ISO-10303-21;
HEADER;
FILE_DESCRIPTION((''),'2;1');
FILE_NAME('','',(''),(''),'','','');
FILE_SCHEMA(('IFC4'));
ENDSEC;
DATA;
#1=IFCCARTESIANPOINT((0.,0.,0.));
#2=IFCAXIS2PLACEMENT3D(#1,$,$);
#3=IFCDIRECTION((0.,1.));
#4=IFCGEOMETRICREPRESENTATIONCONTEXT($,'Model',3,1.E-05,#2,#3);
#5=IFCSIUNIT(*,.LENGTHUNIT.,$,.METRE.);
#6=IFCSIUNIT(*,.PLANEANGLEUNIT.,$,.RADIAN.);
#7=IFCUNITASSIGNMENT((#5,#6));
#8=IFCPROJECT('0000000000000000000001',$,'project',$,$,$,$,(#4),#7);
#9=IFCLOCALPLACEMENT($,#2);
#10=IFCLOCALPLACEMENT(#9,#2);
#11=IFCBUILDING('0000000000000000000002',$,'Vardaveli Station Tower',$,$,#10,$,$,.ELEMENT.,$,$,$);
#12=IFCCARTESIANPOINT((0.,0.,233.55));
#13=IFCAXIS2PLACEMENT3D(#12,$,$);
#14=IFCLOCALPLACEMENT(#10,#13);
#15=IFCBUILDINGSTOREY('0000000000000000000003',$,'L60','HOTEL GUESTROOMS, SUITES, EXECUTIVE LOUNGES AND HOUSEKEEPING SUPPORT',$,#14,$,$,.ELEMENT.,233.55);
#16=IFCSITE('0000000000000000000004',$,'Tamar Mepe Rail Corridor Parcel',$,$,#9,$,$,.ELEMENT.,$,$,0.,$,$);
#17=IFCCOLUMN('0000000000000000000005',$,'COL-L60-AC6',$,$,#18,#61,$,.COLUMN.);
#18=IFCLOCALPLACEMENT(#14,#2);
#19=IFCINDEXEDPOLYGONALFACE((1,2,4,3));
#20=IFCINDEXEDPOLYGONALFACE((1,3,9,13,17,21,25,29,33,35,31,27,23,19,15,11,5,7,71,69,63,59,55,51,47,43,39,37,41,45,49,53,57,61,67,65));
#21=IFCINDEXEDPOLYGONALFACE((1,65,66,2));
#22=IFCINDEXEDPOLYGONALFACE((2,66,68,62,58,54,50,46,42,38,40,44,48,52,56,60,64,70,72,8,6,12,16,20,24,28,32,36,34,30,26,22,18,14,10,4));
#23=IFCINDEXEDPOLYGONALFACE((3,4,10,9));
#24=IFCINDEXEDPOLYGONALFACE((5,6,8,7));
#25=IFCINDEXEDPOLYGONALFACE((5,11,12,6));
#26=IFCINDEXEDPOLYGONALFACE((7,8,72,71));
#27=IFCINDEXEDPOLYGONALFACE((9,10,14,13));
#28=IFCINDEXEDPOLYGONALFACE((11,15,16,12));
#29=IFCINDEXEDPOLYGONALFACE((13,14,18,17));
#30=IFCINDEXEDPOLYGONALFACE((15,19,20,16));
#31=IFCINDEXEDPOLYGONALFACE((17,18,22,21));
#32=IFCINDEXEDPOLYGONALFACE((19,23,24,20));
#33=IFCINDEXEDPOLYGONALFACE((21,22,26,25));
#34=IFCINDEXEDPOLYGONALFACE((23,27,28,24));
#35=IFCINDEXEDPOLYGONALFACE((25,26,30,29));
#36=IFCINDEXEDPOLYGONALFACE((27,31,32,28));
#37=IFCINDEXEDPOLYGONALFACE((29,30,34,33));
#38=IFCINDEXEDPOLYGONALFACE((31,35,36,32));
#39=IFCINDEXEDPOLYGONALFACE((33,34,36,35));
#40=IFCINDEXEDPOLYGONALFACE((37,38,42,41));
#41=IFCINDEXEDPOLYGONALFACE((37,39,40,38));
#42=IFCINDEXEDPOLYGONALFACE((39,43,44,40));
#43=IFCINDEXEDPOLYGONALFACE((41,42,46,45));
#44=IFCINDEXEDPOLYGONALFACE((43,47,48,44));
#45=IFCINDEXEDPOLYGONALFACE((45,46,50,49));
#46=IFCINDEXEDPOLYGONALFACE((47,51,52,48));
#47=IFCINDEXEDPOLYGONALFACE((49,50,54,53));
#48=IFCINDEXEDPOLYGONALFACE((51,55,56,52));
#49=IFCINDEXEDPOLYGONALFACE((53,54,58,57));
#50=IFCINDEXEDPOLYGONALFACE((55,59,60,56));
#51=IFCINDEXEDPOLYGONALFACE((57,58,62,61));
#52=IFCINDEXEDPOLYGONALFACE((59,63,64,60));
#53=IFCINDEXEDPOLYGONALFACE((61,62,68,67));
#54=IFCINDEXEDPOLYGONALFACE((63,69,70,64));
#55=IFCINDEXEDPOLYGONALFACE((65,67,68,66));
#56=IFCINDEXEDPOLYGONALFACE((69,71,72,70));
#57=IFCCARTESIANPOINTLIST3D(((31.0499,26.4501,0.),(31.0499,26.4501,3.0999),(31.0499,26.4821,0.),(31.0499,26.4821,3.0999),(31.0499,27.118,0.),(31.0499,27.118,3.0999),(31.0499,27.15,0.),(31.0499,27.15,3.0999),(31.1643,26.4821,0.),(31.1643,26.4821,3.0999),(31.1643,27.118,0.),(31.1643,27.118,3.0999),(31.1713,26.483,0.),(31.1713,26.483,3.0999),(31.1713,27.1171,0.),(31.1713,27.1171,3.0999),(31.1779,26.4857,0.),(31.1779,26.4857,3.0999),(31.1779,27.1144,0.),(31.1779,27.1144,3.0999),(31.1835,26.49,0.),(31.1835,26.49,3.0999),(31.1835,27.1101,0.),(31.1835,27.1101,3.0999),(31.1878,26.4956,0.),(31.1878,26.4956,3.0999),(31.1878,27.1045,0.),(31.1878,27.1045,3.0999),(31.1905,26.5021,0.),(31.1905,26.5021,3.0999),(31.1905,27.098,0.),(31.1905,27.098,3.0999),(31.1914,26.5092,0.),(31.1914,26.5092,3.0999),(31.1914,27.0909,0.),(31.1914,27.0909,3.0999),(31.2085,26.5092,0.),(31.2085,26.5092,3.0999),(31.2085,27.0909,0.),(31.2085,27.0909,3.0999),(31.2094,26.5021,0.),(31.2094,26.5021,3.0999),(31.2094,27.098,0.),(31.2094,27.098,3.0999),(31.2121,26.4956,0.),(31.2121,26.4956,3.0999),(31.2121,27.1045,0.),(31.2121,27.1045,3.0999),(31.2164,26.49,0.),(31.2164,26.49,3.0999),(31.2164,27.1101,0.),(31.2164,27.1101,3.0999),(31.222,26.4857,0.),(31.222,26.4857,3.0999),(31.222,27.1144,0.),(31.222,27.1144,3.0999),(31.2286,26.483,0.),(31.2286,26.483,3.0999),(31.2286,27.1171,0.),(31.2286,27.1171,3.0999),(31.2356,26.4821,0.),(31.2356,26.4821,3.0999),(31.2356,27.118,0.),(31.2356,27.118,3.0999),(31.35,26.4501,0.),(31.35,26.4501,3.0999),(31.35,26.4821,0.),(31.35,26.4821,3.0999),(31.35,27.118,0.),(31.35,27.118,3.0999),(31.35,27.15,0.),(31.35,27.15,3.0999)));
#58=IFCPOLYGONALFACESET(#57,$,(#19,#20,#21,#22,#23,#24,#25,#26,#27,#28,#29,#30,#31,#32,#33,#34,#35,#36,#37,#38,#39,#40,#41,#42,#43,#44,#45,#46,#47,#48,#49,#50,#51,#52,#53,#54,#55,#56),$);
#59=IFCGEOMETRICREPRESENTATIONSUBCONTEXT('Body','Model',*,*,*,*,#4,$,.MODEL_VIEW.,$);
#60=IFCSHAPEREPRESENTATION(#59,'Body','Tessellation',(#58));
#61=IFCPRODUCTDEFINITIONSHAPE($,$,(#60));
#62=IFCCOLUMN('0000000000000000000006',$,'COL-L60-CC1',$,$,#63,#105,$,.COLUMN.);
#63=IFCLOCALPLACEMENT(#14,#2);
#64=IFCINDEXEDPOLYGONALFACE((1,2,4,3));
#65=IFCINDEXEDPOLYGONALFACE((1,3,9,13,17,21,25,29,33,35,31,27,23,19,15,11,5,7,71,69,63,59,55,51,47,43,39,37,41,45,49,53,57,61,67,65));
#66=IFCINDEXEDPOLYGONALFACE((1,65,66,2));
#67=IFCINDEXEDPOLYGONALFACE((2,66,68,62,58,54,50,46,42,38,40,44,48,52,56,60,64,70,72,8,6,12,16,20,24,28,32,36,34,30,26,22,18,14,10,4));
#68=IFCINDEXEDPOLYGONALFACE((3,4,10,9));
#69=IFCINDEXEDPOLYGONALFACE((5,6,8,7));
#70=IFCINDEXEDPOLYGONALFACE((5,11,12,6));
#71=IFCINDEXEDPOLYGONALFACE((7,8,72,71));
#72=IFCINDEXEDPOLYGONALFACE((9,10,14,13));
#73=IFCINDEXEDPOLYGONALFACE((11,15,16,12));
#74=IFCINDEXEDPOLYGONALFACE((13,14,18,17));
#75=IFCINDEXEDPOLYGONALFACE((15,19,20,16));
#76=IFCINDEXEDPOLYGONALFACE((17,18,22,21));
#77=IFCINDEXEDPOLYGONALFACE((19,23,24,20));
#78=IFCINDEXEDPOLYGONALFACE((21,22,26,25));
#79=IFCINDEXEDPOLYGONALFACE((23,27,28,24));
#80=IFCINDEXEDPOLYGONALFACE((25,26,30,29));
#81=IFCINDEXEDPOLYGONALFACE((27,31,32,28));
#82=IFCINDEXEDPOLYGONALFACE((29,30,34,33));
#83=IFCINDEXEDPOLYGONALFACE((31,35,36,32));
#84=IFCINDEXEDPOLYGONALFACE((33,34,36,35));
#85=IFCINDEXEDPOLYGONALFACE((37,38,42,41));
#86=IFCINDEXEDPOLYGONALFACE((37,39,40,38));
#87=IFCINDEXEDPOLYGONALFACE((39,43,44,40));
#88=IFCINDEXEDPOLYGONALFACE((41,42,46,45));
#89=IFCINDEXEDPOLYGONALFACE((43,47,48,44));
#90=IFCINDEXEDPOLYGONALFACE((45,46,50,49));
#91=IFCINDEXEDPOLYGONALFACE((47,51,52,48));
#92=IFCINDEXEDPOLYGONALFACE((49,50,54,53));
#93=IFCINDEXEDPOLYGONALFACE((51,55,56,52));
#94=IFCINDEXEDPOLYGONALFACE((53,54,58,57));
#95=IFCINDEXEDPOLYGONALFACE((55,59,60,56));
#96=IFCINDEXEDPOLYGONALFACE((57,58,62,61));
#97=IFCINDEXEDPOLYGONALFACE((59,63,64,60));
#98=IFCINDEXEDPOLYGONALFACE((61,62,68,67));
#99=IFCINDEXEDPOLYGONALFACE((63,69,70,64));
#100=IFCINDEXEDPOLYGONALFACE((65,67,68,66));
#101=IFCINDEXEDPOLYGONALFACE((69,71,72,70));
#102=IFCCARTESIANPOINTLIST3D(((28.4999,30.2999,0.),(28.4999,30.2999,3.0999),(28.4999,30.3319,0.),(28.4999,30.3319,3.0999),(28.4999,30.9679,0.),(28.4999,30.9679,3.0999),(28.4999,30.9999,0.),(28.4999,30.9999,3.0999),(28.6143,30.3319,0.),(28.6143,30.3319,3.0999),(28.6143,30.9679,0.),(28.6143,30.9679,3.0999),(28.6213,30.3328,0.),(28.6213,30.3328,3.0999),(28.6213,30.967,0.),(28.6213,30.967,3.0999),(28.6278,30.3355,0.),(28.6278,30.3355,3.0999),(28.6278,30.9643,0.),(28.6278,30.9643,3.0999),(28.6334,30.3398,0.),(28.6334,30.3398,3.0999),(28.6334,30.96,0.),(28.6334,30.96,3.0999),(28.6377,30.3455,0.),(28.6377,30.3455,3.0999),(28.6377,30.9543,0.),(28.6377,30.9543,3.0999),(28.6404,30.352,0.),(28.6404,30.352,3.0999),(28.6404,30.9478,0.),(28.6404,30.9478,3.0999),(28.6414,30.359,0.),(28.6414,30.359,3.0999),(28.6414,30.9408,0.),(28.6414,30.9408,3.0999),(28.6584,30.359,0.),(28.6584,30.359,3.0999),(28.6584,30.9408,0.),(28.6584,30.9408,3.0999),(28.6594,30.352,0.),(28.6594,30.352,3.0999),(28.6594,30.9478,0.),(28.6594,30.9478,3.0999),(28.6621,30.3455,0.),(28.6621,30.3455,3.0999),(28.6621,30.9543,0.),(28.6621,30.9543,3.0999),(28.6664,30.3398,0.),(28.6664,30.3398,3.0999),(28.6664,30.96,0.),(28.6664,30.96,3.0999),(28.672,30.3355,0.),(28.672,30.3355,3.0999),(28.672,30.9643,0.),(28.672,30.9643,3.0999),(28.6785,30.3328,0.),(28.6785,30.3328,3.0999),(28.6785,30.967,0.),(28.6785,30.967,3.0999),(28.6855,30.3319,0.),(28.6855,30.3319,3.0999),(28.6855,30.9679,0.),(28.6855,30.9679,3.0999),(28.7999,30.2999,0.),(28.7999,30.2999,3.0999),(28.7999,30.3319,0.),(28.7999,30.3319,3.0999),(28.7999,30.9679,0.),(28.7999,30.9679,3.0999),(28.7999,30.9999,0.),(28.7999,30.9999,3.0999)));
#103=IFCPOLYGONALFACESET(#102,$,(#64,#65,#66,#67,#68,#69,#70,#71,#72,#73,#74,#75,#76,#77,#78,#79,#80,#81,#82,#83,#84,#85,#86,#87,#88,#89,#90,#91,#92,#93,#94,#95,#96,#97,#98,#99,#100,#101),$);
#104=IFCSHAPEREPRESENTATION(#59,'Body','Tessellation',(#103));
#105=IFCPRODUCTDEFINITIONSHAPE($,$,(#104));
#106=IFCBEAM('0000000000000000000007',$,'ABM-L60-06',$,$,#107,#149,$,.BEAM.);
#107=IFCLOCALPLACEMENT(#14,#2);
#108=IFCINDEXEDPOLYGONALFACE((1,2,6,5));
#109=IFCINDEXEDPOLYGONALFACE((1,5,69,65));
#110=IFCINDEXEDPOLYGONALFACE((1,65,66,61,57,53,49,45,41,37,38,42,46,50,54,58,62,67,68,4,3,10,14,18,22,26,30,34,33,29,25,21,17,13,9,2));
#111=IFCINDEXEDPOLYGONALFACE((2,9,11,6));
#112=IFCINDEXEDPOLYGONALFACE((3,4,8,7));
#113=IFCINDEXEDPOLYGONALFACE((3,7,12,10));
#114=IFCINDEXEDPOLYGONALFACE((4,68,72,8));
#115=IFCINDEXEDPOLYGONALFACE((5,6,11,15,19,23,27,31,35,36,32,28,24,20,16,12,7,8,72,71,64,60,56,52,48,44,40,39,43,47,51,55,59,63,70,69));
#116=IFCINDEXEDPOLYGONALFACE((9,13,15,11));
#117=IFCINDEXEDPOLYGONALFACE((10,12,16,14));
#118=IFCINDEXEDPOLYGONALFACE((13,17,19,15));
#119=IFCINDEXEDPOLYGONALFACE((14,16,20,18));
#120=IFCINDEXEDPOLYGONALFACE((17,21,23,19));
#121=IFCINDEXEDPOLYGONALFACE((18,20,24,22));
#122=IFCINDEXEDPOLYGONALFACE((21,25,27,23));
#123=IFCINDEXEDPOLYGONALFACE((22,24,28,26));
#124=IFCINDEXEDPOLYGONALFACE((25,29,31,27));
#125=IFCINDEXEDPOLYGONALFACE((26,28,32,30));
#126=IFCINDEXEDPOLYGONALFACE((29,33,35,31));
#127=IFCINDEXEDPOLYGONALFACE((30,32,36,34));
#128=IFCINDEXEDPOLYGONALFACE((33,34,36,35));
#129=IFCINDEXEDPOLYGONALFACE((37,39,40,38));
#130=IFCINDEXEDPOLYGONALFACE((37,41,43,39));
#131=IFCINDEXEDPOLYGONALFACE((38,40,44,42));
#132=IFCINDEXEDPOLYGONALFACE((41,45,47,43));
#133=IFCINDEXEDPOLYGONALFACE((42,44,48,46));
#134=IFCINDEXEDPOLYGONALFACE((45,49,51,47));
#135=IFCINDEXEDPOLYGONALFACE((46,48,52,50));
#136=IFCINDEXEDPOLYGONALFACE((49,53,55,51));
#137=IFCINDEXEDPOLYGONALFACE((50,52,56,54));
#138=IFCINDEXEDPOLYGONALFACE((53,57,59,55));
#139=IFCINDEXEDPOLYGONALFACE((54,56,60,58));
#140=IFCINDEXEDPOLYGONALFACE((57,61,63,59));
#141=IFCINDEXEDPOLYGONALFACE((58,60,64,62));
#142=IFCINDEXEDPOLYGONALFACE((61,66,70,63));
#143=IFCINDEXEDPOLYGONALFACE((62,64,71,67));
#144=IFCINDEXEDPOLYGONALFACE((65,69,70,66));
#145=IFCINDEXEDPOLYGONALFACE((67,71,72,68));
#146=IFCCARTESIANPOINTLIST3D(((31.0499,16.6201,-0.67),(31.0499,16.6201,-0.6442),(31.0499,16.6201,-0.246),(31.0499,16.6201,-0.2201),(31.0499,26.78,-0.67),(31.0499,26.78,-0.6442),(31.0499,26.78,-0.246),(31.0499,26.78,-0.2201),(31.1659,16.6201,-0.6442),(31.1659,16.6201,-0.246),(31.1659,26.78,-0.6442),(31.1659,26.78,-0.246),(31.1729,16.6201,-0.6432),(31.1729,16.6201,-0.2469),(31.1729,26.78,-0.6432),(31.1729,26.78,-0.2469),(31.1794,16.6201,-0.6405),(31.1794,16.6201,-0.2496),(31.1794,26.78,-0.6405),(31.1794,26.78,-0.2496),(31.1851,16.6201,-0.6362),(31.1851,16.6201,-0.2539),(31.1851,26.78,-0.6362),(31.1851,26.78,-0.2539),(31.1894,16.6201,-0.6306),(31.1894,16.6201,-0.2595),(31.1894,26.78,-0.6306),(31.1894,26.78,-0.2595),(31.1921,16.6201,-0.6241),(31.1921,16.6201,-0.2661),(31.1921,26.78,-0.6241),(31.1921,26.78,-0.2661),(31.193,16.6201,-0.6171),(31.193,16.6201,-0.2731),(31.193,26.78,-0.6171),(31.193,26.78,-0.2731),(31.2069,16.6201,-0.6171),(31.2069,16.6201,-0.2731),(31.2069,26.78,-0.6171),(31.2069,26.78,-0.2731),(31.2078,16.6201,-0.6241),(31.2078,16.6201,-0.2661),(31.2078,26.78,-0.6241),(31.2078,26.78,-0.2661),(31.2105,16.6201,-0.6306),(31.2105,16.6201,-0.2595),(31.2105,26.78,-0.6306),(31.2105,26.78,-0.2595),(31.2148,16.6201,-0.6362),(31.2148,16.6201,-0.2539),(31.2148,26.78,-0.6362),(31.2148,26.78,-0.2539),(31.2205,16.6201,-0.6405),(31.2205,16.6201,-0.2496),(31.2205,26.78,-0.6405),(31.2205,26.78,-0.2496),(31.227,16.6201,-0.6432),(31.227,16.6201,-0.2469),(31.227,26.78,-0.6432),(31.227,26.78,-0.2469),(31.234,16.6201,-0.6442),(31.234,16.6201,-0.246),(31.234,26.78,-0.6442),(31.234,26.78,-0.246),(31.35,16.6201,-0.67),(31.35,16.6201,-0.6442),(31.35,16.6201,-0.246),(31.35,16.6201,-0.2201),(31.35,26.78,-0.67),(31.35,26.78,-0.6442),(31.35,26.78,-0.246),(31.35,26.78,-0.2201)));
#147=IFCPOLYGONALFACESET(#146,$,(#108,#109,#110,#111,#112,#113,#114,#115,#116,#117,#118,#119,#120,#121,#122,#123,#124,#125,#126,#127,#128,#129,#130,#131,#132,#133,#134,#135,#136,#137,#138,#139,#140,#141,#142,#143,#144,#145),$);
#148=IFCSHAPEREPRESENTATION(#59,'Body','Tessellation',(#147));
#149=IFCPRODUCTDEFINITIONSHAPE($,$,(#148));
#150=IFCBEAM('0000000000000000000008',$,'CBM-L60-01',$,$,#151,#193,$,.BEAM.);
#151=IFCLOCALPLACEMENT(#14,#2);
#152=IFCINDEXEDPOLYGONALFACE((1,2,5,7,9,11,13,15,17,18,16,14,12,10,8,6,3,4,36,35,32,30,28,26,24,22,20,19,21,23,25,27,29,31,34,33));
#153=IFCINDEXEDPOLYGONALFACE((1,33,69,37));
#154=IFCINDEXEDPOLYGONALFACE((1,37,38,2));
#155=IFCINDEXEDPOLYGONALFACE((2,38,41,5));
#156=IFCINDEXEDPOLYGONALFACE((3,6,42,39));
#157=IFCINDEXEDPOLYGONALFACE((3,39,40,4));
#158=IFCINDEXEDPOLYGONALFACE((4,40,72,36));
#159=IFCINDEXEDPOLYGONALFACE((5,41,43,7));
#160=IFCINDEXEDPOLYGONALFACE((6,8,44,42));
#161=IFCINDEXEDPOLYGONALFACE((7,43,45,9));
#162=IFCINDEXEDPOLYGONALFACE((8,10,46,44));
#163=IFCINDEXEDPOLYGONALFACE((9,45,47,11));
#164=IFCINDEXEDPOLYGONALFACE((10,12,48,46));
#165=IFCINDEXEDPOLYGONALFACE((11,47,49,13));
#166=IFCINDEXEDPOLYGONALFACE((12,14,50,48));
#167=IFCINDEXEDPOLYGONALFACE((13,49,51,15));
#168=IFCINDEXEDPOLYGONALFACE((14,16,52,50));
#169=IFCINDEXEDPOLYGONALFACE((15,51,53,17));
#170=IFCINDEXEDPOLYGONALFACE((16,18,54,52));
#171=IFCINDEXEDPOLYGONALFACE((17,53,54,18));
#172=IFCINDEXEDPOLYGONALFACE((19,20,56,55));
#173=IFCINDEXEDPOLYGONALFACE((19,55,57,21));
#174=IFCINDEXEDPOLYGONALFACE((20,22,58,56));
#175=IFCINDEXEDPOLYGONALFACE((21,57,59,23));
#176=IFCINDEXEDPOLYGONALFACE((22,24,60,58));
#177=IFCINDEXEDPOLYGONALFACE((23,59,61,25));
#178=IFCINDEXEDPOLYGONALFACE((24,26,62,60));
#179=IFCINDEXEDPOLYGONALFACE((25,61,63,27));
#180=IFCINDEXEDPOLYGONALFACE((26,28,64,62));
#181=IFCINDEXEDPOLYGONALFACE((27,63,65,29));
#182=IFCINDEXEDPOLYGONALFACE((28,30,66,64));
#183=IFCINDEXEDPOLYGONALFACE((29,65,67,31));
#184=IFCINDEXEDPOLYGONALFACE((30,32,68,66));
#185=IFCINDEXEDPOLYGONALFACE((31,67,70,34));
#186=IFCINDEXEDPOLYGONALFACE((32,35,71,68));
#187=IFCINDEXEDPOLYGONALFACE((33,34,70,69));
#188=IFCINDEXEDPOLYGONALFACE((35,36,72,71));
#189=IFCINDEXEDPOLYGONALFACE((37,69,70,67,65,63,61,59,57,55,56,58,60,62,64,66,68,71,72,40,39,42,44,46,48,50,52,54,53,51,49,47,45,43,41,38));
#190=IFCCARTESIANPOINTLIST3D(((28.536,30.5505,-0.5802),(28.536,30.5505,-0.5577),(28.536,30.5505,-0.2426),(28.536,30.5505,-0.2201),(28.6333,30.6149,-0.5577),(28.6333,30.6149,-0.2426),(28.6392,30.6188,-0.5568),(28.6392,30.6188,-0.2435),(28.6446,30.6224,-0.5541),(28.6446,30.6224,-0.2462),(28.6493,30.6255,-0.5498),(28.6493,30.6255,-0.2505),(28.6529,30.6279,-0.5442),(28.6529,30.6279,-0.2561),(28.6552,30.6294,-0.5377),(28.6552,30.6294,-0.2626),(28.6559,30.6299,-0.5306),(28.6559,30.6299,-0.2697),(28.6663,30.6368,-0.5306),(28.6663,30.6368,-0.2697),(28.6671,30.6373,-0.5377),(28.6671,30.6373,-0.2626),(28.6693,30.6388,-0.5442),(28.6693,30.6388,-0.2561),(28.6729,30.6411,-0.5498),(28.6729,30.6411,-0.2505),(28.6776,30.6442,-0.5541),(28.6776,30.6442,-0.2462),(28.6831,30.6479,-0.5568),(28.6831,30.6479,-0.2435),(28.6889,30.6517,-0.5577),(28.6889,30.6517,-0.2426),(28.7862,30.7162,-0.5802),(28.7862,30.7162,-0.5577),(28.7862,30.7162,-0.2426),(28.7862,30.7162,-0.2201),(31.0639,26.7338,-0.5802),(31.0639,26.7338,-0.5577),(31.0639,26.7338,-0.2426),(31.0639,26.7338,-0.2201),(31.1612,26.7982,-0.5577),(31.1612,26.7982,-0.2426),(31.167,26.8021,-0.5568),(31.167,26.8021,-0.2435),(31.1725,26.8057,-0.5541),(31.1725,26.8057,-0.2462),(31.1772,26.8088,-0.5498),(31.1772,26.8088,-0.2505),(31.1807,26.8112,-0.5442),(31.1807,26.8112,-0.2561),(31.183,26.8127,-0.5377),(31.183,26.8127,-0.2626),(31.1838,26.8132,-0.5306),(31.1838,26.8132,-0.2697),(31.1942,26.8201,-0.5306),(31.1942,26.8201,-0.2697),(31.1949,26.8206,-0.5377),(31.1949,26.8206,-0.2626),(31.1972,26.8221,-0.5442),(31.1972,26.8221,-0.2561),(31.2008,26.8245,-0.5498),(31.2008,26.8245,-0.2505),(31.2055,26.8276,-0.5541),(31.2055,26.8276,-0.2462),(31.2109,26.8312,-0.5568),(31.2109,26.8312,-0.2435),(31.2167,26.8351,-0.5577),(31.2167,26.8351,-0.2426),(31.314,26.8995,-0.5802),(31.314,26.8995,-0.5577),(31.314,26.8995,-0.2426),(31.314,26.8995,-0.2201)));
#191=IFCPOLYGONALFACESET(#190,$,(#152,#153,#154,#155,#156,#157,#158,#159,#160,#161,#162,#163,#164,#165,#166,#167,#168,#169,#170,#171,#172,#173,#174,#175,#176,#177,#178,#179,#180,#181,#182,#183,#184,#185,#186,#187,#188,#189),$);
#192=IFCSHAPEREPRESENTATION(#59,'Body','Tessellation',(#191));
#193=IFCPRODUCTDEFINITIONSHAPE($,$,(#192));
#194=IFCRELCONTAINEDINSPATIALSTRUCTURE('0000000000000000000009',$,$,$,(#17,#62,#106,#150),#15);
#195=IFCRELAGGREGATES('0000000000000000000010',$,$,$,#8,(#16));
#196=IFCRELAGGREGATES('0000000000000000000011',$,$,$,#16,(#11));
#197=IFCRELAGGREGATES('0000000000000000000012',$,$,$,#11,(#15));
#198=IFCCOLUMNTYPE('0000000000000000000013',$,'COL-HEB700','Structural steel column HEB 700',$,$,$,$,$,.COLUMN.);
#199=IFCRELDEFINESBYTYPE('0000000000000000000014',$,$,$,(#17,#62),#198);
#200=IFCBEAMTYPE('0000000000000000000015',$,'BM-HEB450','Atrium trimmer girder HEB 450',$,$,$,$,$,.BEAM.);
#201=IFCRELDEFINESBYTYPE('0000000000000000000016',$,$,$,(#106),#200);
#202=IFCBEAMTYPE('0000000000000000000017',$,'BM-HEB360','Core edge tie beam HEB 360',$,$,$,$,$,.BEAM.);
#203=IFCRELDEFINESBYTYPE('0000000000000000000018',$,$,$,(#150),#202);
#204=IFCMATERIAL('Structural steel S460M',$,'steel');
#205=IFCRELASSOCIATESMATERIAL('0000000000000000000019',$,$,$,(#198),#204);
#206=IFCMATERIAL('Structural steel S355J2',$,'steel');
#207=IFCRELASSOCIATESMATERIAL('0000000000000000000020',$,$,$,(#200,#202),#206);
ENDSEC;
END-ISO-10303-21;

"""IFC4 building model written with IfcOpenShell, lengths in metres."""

from ifc_helpers import new_model, si_unit, direction, frame, origin, origin_2d, place, context, subcontext, project, spatial, i_section, extrude, source, transform, mapped, material, material_profile, profile_set, type_object, element, save


model = new_model("IFC4")

# Units and contexts
model_context = context("Model", 3, precision=1e-05, world=origin(), true_north=direction((0.0, 1.0)))
body_context = subcontext(model_context, "Body", "Model", "MODEL_VIEW")
ifc_project = project(units=[si_unit("LENGTHUNIT", "METRE"), si_unit("PLANEANGLEUNIT", "RADIAN")], contexts=[model_context])

# Site, building, storey
site_placement = place(None, origin())
site = spatial("IfcSite", under=ifc_project, at=site_placement, Name="Tamar Mepe Rail Corridor Parcel", CompositionType="ELEMENT", RefElevation=0.0)
building_placement = place(site_placement, origin())
building = spatial("IfcBuilding", under=site, at=building_placement, Name="Vardaveli Station Tower", CompositionType="ELEMENT")
storey_placement = place(building_placement, frame((0.0, 0.0, 233.55)))
storey = spatial("IfcBuildingStorey", under=building, at=storey_placement, Name="L60", Description="HOTEL GUESTROOMS, SUITES, EXECUTIVE LOUNGES AND HOUSEKEEPING SUPPORT", CompositionType="ELEMENT", Elevation=233.55)

# Columns
ifc_material_1 = material(Name="Structural steel S460M", Category="steel")
ifc_material_profile_1 = material_profile(ifc_material_1, i_section(OverallWidth=0.3, OverallDepth=0.7, WebThickness=0.0171, FlangeThickness=0.032, FilletRadius=0.0271, at=origin_2d()), Name="HEB 700")
ifc_profile_set_1 = profile_set([ifc_material_profile_1], Name="Structural steel S460M")
column_type = type_object("IfcColumnType", Name="COL-HEB700", Description="Structural steel column HEB 700", PredefinedType="COLUMN", material=ifc_profile_set_1)
shared_shape_1 = source(origin(), body_context, "Body", "SweptSolid", [
    extrude(i_section(OverallWidth=0.3, OverallDepth=0.7, WebThickness=0.0171, FlangeThickness=0.032, FilletRadius=0.0271, at=origin_2d()), origin(), (0.0, 0.0, 1.0), 3.0999),
])
for number, where, z_axis, x_axis, name in (
    (1, (31.2, 26.8, 0.0), (0.0, 0.0, 1.0), (1.0, 0.0, 0.0), "COL-L60-AC6"),
    (2, (28.6499, 30.6499, 0.0), (0.0, 0.0, 1.0), (1.0, 0.0, 0.0), "COL-L60-CC1"),
):
    element("IfcColumn", number, at=place(storey_placement, frame(where, z_axis=z_axis, x_axis=x_axis)), inside=storey, type_object=column_type, Name=name, PredefinedType="COLUMN", context=body_context, shape_type="MappedRepresentation", body=[
        mapped(shared_shape_1, transform((0.0, 0.0, 0.0), scale=1.0)),
    ])

# Beams
ifc_material_2 = material(Name="Structural steel S355J2", Category="steel")
ifc_material_profile_2 = material_profile(ifc_material_2, i_section(OverallWidth=0.3, OverallDepth=0.45, WebThickness=0.0139, FlangeThickness=0.0259, FilletRadius=0.0271, at=origin_2d()), Name="HEB 450")
ifc_profile_set_2 = profile_set([ifc_material_profile_2], Name="Structural steel S355J2")
beam_type_1 = type_object("IfcBeamType", Name="BM-HEB450", Description="Atrium trimmer girder HEB 450", PredefinedType="BEAM", material=ifc_profile_set_2)
shared_shape_2 = source(origin(), body_context, "Body", "SweptSolid", [
    extrude(i_section(OverallWidth=0.3, OverallDepth=0.45, WebThickness=0.0139, FlangeThickness=0.0259, FilletRadius=0.0271, at=origin_2d()), origin(), (0.0, 0.0, 1.0), 10.1599),
])
beam_1_placement = place(storey_placement, frame((31.2, 26.78, -0.4451), z_axis=(0.0, -1.0, 0.0), x_axis=(1.0, 0.0, 0.0)))
element("IfcBeam", 3, at=beam_1_placement, inside=storey, type_object=beam_type_1, Name="ABM-L60-06", PredefinedType="BEAM", context=body_context, shape_type="MappedRepresentation", body=[
    mapped(shared_shape_2, transform((0.0, 0.0, 0.0), scale=1.0)),
])
ifc_material_profile_3 = material_profile(ifc_material_2, i_section(OverallWidth=0.3, OverallDepth=0.3601, WebThickness=0.0125, FlangeThickness=0.0225, FilletRadius=0.0271, at=origin_2d()), Name="HEB 360")
ifc_profile_set_3 = profile_set([ifc_material_profile_3], Name="Structural steel S355J2")
beam_type_2 = type_object("IfcBeamType", Name="BM-HEB360", Description="Core edge tie beam HEB 360", PredefinedType="BEAM", material=ifc_profile_set_3)
shared_shape_3 = source(origin(), body_context, "Body", "SweptSolid", [
    extrude(i_section(OverallWidth=0.3, OverallDepth=0.3601, WebThickness=0.0125, FlangeThickness=0.0225, FilletRadius=0.0271, at=origin_2d()), origin(), (0.0, 0.0, 1.0), 4.5779),
])
beam_2_placement = place(storey_placement, frame((31.189, 26.8167, -0.4001), z_axis=(-0.552187, 0.83372, 0.0), x_axis=(-0.83372, -0.552187, 0.0)))
element("IfcBeam", 4, at=beam_2_placement, inside=storey, type_object=beam_type_2, Name="CBM-L60-01", PredefinedType="BEAM", context=body_context, shape_type="MappedRepresentation", body=[
    mapped(shared_shape_3, transform((0.0, 0.0, 0.0), scale=1.0)),
])

save(model, "model.ifc")
